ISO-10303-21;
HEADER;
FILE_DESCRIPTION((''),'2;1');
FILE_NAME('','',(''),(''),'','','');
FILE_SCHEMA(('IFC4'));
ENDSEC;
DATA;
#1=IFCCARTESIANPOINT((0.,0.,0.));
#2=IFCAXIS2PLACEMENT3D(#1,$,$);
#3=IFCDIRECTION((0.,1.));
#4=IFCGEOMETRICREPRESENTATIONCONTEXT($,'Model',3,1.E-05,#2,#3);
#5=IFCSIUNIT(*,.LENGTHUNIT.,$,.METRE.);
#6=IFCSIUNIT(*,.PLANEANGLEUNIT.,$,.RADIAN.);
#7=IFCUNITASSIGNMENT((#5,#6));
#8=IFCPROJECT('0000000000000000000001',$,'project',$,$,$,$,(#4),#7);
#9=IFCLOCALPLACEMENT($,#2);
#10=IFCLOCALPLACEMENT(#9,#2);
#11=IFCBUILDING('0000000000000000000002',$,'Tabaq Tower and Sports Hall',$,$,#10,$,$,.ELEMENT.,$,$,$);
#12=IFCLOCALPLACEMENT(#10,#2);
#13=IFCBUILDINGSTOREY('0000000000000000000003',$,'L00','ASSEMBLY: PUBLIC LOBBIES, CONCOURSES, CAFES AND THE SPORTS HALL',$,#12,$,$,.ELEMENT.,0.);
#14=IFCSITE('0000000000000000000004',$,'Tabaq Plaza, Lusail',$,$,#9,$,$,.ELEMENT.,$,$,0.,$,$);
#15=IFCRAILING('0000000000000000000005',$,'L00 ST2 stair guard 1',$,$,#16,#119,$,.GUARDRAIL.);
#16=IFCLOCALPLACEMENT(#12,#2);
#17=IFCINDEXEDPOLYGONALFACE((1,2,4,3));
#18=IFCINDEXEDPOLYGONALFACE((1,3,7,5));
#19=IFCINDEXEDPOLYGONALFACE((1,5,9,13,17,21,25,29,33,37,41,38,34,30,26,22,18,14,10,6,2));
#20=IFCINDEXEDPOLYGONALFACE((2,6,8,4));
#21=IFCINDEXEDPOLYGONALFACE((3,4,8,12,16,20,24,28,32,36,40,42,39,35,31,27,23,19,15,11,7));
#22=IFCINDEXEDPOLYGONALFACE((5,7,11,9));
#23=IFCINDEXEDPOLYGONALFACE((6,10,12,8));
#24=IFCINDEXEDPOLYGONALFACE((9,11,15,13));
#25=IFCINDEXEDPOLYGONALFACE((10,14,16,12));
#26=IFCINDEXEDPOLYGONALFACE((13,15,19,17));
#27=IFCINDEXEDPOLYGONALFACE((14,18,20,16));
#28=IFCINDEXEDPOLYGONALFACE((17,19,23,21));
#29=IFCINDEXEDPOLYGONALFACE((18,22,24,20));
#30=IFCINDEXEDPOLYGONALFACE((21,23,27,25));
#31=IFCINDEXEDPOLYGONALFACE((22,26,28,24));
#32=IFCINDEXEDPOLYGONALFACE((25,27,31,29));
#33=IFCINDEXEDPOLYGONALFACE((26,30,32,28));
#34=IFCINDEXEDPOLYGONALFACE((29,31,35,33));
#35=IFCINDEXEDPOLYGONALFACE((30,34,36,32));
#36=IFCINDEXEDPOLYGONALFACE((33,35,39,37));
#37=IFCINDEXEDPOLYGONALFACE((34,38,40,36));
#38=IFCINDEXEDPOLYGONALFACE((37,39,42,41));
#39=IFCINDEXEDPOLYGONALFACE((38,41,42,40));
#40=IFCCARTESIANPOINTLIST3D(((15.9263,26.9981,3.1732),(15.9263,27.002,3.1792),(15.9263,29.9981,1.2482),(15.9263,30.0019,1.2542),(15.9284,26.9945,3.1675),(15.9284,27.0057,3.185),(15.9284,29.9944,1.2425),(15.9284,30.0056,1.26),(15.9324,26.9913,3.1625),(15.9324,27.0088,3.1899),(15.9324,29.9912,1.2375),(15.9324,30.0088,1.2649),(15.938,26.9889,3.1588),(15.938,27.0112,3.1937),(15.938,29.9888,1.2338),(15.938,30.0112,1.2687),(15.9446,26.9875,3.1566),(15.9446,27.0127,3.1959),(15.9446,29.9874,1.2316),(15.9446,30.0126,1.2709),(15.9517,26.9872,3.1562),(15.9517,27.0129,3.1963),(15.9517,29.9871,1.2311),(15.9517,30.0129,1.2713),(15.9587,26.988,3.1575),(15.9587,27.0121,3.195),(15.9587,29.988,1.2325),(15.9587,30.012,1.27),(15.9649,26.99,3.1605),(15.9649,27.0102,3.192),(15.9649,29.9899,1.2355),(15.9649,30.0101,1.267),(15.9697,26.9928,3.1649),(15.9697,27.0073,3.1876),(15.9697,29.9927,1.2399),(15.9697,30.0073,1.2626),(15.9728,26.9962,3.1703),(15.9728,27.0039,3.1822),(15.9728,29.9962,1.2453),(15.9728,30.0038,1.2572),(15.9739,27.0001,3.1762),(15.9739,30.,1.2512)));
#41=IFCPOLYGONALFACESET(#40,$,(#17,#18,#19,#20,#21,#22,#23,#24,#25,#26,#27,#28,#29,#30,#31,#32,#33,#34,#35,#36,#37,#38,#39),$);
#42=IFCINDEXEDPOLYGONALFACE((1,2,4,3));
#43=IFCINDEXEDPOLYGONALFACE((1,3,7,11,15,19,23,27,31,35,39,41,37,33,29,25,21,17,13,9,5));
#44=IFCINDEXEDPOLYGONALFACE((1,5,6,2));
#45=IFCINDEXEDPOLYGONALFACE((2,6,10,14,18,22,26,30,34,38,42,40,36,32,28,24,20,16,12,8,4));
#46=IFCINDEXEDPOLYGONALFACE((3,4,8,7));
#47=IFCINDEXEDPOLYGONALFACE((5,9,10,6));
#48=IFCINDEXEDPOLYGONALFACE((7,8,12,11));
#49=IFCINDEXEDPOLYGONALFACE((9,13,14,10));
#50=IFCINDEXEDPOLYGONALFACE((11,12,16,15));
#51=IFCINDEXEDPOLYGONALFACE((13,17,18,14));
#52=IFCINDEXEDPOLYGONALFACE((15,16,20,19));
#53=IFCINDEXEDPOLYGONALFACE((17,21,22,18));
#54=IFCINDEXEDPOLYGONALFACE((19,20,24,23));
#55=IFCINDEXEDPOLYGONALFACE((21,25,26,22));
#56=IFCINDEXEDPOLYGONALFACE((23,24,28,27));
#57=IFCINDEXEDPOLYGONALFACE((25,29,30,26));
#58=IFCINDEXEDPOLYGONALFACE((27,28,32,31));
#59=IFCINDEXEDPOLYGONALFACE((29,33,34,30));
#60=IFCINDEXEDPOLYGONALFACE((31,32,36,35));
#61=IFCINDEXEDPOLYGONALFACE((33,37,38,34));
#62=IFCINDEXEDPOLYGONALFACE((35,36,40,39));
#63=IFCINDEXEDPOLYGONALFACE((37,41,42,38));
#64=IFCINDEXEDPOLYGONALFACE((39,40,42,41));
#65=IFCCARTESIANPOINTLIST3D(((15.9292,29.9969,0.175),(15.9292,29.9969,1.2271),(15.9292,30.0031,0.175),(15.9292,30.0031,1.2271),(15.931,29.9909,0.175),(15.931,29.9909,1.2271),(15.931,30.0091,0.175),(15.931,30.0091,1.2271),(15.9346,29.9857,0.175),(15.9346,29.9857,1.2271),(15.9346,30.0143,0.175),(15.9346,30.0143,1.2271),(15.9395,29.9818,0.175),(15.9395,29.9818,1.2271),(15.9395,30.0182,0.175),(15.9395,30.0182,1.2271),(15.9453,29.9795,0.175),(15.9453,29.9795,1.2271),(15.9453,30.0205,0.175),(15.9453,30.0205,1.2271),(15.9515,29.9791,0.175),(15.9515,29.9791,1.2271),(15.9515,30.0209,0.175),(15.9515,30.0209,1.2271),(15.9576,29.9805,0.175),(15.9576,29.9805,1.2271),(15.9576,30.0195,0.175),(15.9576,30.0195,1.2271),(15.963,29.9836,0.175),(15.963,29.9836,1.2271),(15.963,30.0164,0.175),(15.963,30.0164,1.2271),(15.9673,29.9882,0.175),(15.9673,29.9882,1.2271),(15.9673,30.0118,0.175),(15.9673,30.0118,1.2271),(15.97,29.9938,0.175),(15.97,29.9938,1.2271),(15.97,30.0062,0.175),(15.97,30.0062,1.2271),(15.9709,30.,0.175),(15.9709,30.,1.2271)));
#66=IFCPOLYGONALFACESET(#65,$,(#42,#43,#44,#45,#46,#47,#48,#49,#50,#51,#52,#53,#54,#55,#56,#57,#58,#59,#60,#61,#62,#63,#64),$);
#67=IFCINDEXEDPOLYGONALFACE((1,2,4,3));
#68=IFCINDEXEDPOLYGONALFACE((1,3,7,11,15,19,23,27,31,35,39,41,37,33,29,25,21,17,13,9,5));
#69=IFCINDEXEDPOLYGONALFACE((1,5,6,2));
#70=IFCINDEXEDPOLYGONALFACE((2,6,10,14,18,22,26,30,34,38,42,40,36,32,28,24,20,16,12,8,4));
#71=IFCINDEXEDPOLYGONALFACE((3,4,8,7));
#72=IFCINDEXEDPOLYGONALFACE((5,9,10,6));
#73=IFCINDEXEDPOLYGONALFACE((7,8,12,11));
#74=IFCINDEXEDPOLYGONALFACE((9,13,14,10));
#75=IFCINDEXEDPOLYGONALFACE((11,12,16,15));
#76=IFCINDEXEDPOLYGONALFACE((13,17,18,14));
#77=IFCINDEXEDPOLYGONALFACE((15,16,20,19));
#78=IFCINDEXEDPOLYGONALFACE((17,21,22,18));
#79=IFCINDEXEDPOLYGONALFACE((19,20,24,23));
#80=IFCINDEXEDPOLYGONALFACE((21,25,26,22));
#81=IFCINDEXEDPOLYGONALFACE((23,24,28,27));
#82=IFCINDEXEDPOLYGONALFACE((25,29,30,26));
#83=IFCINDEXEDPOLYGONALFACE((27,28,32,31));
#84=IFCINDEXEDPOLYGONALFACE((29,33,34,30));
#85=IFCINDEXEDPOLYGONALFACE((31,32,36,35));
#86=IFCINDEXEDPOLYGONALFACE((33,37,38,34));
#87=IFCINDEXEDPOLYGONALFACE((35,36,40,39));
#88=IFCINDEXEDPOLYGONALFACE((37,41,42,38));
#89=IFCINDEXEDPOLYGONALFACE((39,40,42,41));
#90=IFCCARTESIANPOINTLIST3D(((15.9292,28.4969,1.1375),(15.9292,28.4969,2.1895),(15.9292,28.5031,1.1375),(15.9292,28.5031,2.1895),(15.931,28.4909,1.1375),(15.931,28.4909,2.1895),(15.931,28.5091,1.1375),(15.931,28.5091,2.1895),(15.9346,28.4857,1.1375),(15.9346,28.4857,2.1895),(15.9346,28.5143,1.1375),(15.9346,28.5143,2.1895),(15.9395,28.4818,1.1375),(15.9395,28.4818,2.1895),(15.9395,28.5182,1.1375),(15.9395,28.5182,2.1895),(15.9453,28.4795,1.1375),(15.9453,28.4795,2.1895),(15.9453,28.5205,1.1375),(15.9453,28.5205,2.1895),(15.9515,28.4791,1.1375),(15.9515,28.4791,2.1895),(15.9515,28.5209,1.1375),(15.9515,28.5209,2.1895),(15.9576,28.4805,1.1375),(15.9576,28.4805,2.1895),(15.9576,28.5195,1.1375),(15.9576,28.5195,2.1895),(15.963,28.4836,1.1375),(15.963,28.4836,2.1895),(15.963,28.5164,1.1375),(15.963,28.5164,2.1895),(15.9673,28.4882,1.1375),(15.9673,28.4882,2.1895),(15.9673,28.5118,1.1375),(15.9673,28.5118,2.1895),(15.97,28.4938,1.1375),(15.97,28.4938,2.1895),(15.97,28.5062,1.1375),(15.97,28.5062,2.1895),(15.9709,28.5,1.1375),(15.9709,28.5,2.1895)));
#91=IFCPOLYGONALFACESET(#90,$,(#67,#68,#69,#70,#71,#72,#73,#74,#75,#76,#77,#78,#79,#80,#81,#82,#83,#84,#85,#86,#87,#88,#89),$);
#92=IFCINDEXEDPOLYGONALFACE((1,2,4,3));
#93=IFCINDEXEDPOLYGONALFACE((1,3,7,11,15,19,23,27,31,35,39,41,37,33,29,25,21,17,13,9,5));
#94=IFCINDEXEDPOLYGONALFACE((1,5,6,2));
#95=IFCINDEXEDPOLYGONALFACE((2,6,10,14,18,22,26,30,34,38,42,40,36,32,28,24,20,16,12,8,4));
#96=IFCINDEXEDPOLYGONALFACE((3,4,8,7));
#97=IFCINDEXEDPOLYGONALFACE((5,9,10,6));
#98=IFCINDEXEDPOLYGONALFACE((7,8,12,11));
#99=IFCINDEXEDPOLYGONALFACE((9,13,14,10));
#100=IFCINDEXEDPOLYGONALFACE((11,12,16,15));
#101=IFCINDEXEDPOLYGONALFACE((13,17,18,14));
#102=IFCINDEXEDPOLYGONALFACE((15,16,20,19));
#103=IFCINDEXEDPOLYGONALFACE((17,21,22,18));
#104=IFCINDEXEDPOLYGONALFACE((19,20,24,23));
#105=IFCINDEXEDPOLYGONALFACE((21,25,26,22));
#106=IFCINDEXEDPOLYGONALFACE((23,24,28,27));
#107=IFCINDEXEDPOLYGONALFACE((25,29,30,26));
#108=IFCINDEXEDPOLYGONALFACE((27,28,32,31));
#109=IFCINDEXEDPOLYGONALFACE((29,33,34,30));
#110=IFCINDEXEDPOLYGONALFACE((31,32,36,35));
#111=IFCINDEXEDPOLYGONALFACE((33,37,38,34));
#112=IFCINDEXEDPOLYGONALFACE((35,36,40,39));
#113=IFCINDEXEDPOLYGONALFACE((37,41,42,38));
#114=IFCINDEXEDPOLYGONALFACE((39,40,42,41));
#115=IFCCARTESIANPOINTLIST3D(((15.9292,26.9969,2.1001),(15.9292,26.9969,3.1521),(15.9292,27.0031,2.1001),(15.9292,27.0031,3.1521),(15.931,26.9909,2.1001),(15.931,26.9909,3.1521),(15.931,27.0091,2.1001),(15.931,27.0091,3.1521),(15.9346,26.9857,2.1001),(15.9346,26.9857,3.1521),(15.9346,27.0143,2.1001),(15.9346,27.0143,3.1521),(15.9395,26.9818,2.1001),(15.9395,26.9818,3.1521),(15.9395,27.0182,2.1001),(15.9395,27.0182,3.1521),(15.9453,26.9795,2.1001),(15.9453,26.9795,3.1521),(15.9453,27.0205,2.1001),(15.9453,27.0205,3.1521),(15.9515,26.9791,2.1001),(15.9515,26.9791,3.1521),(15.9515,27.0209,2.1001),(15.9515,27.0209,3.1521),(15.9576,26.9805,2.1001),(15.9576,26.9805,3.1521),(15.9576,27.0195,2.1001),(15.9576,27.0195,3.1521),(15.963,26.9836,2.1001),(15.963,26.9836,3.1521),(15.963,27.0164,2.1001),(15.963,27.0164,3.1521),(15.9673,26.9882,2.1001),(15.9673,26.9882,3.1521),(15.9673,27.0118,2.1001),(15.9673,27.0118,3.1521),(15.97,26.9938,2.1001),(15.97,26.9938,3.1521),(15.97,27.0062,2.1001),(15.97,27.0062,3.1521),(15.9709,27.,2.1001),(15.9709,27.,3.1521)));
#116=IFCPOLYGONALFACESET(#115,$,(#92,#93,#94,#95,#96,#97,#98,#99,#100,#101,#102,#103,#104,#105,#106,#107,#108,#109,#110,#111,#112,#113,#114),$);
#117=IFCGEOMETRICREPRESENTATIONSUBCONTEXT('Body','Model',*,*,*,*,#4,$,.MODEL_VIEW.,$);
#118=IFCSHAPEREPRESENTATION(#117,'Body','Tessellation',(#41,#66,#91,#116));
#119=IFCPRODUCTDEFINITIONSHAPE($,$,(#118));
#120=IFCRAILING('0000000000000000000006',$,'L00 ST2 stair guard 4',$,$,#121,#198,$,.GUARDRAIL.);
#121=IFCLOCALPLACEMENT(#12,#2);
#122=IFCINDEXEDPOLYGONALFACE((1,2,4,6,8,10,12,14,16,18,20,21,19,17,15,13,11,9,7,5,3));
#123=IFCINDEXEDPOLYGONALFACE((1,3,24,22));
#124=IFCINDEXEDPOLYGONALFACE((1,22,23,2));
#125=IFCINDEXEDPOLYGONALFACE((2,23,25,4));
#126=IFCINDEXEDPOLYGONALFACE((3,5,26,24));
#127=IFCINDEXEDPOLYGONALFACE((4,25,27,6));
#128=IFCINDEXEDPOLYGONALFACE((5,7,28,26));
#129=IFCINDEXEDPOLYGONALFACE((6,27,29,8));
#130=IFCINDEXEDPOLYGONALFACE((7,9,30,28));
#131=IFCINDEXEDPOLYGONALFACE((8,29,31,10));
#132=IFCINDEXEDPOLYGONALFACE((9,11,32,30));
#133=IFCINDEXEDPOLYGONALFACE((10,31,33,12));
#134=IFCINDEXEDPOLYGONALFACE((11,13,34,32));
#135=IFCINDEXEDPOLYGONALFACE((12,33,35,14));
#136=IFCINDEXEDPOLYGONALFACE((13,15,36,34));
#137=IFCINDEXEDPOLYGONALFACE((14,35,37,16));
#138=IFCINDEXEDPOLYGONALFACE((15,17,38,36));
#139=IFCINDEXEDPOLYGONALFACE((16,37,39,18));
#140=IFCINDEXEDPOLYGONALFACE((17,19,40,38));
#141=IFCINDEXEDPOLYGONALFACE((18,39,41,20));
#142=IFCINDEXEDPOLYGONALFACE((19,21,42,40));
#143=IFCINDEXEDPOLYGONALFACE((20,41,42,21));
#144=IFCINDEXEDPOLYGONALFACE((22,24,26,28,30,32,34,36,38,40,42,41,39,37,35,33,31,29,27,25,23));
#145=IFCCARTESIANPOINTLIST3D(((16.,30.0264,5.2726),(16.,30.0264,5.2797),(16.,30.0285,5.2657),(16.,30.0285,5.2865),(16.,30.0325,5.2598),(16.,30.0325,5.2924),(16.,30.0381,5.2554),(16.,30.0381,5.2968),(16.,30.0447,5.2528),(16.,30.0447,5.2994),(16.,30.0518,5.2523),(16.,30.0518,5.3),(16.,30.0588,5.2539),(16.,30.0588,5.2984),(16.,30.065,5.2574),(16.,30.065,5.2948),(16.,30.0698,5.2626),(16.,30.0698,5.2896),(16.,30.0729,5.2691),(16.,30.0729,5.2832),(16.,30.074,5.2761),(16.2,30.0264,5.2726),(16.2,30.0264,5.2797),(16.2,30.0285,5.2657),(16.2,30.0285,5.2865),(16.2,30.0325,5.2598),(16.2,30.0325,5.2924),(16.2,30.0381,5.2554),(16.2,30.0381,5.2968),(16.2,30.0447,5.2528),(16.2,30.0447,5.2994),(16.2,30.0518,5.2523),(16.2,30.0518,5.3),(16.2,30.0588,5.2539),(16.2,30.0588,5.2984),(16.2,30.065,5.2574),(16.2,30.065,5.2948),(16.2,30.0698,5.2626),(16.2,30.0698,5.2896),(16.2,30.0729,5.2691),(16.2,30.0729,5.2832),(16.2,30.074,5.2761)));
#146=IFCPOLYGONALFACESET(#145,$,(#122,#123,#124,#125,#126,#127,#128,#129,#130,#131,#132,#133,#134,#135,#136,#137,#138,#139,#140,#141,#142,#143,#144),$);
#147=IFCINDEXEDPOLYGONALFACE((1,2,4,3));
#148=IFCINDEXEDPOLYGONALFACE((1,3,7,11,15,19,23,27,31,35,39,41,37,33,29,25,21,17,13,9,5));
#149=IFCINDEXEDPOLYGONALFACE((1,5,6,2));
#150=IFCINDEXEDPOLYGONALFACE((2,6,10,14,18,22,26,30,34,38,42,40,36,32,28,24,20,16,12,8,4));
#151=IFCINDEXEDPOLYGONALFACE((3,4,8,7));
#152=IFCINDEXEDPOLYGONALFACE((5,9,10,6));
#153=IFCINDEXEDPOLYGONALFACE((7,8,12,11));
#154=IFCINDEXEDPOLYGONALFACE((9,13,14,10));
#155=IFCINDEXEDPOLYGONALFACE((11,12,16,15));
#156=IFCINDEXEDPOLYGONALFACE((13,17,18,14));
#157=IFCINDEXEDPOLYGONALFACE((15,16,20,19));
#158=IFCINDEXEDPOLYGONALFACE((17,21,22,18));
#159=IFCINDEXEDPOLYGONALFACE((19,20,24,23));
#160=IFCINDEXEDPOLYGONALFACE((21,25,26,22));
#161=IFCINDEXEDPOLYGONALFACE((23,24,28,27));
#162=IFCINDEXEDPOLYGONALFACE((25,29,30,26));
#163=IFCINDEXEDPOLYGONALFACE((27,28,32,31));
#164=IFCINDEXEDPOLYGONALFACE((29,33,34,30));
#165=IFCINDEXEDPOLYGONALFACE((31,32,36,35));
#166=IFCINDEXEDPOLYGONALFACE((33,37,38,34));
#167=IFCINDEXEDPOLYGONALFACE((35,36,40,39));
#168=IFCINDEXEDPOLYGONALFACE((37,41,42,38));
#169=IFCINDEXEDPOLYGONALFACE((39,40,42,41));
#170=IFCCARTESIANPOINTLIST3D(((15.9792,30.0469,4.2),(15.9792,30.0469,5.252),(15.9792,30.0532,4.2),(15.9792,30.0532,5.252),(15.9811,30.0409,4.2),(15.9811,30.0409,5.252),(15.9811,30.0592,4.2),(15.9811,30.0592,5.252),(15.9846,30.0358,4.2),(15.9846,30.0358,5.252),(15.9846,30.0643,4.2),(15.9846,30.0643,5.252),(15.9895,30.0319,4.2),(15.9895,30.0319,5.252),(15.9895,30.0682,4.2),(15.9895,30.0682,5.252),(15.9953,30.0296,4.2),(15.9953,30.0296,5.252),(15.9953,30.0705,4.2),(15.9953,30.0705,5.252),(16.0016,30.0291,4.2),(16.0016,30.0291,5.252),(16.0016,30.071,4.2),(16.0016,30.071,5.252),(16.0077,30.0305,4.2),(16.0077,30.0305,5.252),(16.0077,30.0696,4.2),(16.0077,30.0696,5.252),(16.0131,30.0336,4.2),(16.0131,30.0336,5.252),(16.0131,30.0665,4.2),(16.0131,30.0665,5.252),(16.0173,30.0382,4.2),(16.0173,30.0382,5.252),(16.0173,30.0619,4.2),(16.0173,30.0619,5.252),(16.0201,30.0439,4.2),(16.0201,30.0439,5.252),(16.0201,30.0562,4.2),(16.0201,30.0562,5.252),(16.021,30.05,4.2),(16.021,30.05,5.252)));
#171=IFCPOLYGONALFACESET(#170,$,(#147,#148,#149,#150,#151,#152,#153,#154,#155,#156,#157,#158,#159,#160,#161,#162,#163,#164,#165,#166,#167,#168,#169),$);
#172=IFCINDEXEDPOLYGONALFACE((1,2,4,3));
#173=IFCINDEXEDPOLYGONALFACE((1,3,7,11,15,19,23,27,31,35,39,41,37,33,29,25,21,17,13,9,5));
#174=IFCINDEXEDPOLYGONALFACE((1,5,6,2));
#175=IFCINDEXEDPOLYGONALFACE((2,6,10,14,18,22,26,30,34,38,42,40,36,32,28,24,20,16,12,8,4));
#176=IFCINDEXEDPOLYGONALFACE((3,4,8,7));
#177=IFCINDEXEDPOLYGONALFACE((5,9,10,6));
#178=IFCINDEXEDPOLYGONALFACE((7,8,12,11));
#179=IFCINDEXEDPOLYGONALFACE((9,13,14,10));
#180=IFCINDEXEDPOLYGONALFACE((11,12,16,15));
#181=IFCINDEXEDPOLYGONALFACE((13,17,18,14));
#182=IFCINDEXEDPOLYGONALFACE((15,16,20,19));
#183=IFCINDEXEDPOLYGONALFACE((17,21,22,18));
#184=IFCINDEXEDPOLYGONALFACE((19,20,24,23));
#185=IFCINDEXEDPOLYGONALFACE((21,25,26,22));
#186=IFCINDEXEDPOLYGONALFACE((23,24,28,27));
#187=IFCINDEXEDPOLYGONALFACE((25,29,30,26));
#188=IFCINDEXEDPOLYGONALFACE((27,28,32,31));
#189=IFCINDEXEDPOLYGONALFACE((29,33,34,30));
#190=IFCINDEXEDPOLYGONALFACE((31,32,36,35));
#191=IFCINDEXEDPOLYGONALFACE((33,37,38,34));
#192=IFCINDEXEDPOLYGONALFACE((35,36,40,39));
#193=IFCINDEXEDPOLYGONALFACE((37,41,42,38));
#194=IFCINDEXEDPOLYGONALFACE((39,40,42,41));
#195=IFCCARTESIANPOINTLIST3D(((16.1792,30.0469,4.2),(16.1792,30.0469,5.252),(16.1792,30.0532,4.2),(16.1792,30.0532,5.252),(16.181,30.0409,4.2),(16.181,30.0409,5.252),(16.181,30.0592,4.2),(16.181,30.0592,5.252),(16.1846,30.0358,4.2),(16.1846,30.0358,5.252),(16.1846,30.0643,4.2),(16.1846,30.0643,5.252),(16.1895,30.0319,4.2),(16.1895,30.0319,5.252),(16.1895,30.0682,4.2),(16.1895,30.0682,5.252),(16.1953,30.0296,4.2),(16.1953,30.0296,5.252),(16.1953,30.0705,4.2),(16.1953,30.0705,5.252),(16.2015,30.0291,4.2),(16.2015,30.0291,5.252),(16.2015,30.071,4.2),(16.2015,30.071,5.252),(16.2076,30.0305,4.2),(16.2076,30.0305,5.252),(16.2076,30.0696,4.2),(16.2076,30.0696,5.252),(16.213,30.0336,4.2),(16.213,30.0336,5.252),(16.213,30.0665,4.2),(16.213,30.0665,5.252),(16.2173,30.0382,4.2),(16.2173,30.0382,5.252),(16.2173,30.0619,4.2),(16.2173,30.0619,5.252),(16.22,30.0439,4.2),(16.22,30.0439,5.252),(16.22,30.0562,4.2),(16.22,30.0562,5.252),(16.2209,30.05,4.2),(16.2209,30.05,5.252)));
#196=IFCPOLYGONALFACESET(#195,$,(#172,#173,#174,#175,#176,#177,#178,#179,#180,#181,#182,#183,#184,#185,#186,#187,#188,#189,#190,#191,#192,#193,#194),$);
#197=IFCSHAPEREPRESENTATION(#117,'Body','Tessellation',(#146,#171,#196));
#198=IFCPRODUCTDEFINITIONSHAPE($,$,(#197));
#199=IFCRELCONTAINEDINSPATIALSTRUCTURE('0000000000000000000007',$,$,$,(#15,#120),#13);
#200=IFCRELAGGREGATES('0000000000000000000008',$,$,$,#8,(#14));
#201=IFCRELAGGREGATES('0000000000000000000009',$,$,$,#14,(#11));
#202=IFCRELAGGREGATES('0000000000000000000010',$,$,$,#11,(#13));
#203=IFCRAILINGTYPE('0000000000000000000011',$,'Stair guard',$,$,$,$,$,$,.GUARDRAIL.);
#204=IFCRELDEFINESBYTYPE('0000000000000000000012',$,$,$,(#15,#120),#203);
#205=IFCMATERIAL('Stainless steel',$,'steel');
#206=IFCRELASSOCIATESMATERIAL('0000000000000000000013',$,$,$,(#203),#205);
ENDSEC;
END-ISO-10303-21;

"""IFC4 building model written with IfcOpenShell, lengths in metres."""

from ifc_helpers import new_model, si_unit, direction, frame, origin, origin_2d, place, context, subcontext, project, spatial, circle, extrude, material, type_object, element, save


model = new_model("IFC4")

# Units and contexts
model_context = context("Model", 3, precision=1e-05, world=origin(), true_north=direction((0.0, 1.0)))
body_context = subcontext(model_context, "Body", "Model", "MODEL_VIEW")
ifc_project = project(units=[si_unit("LENGTHUNIT", "METRE"), si_unit("PLANEANGLEUNIT", "RADIAN")], contexts=[model_context])

# Site, building, storey
site_placement = place(None, origin())
site = spatial("IfcSite", under=ifc_project, at=site_placement, Name="Tabaq Plaza, Lusail", CompositionType="ELEMENT", RefElevation=0.0)
building_placement = place(site_placement, origin())
building = spatial("IfcBuilding", under=site, at=building_placement, Name="Tabaq Tower and Sports Hall", CompositionType="ELEMENT")
storey_placement = place(building_placement, origin())
storey = spatial("IfcBuildingStorey", under=building, at=storey_placement, Name="L00", Description="ASSEMBLY: PUBLIC LOBBIES, CONCOURSES, CAFES AND THE SPORTS HALL", CompositionType="ELEMENT", Elevation=0.0)

# Railings
ifc_material_1 = material(Name="Stainless steel", Category="steel")
railing_type_1 = type_object("IfcRailingType", Name="Stair guard", PredefinedType="GUARDRAIL", material=ifc_material_1)
railing_1_placement = place(storey_placement, frame((15.95, 30.0, 0.175)))
element("IfcRailing", 1, at=railing_1_placement, inside=storey, type_object=railing_type_1, Name="L00 ST2 stair guard 1", PredefinedType="GUARDRAIL", context=body_context, shape_type="SweptSolid", body=[
    extrude(circle(Radius=0.0239, at=origin_2d()), frame((0.0, 0.0, 1.0762), z_axis=(0.0, -0.841628, 0.540058), x_axis=(1.0, 0.0, 0.0)), (0.0, 0.0, 1.0), 3.5645),
    extrude(circle(Radius=0.021, at=origin_2d()), origin(), (0.0, 0.0, 1.0), 1.052),
    extrude(circle(Radius=0.021, at=origin_2d()), frame((0.0, -1.5, 0.9624)), (0.0, 0.0, 1.0), 1.052),
    extrude(circle(Radius=0.021, at=origin_2d()), frame((0.0, -3.0, 1.925)), (0.0, 0.0, 1.0), 1.052),
])
railing_2_placement = place(storey_placement, frame((16.0, 30.05, 4.2)))
element("IfcRailing", 2, at=railing_2_placement, inside=storey, type_object=railing_type_1, Name="L00 ST2 stair guard 4", PredefinedType="GUARDRAIL", context=body_context, shape_type="SweptSolid", body=[
    extrude(circle(Radius=0.0239, at=origin_2d()), frame((0.0, 0.0, 1.0762), z_axis=(1.0, 0.0, 0.0), x_axis=(0.0, 1.0, 0.0)), (0.0, 0.0, 1.0), 0.2),
    extrude(circle(Radius=0.021, at=origin_2d()), origin(), (0.0, 0.0, 1.0), 1.052),
    extrude(circle(Radius=0.021, at=origin_2d()), frame((0.2, 0.0, 0.0)), (0.0, 0.0, 1.0), 1.052),
])

save(model, "model.ifc")
